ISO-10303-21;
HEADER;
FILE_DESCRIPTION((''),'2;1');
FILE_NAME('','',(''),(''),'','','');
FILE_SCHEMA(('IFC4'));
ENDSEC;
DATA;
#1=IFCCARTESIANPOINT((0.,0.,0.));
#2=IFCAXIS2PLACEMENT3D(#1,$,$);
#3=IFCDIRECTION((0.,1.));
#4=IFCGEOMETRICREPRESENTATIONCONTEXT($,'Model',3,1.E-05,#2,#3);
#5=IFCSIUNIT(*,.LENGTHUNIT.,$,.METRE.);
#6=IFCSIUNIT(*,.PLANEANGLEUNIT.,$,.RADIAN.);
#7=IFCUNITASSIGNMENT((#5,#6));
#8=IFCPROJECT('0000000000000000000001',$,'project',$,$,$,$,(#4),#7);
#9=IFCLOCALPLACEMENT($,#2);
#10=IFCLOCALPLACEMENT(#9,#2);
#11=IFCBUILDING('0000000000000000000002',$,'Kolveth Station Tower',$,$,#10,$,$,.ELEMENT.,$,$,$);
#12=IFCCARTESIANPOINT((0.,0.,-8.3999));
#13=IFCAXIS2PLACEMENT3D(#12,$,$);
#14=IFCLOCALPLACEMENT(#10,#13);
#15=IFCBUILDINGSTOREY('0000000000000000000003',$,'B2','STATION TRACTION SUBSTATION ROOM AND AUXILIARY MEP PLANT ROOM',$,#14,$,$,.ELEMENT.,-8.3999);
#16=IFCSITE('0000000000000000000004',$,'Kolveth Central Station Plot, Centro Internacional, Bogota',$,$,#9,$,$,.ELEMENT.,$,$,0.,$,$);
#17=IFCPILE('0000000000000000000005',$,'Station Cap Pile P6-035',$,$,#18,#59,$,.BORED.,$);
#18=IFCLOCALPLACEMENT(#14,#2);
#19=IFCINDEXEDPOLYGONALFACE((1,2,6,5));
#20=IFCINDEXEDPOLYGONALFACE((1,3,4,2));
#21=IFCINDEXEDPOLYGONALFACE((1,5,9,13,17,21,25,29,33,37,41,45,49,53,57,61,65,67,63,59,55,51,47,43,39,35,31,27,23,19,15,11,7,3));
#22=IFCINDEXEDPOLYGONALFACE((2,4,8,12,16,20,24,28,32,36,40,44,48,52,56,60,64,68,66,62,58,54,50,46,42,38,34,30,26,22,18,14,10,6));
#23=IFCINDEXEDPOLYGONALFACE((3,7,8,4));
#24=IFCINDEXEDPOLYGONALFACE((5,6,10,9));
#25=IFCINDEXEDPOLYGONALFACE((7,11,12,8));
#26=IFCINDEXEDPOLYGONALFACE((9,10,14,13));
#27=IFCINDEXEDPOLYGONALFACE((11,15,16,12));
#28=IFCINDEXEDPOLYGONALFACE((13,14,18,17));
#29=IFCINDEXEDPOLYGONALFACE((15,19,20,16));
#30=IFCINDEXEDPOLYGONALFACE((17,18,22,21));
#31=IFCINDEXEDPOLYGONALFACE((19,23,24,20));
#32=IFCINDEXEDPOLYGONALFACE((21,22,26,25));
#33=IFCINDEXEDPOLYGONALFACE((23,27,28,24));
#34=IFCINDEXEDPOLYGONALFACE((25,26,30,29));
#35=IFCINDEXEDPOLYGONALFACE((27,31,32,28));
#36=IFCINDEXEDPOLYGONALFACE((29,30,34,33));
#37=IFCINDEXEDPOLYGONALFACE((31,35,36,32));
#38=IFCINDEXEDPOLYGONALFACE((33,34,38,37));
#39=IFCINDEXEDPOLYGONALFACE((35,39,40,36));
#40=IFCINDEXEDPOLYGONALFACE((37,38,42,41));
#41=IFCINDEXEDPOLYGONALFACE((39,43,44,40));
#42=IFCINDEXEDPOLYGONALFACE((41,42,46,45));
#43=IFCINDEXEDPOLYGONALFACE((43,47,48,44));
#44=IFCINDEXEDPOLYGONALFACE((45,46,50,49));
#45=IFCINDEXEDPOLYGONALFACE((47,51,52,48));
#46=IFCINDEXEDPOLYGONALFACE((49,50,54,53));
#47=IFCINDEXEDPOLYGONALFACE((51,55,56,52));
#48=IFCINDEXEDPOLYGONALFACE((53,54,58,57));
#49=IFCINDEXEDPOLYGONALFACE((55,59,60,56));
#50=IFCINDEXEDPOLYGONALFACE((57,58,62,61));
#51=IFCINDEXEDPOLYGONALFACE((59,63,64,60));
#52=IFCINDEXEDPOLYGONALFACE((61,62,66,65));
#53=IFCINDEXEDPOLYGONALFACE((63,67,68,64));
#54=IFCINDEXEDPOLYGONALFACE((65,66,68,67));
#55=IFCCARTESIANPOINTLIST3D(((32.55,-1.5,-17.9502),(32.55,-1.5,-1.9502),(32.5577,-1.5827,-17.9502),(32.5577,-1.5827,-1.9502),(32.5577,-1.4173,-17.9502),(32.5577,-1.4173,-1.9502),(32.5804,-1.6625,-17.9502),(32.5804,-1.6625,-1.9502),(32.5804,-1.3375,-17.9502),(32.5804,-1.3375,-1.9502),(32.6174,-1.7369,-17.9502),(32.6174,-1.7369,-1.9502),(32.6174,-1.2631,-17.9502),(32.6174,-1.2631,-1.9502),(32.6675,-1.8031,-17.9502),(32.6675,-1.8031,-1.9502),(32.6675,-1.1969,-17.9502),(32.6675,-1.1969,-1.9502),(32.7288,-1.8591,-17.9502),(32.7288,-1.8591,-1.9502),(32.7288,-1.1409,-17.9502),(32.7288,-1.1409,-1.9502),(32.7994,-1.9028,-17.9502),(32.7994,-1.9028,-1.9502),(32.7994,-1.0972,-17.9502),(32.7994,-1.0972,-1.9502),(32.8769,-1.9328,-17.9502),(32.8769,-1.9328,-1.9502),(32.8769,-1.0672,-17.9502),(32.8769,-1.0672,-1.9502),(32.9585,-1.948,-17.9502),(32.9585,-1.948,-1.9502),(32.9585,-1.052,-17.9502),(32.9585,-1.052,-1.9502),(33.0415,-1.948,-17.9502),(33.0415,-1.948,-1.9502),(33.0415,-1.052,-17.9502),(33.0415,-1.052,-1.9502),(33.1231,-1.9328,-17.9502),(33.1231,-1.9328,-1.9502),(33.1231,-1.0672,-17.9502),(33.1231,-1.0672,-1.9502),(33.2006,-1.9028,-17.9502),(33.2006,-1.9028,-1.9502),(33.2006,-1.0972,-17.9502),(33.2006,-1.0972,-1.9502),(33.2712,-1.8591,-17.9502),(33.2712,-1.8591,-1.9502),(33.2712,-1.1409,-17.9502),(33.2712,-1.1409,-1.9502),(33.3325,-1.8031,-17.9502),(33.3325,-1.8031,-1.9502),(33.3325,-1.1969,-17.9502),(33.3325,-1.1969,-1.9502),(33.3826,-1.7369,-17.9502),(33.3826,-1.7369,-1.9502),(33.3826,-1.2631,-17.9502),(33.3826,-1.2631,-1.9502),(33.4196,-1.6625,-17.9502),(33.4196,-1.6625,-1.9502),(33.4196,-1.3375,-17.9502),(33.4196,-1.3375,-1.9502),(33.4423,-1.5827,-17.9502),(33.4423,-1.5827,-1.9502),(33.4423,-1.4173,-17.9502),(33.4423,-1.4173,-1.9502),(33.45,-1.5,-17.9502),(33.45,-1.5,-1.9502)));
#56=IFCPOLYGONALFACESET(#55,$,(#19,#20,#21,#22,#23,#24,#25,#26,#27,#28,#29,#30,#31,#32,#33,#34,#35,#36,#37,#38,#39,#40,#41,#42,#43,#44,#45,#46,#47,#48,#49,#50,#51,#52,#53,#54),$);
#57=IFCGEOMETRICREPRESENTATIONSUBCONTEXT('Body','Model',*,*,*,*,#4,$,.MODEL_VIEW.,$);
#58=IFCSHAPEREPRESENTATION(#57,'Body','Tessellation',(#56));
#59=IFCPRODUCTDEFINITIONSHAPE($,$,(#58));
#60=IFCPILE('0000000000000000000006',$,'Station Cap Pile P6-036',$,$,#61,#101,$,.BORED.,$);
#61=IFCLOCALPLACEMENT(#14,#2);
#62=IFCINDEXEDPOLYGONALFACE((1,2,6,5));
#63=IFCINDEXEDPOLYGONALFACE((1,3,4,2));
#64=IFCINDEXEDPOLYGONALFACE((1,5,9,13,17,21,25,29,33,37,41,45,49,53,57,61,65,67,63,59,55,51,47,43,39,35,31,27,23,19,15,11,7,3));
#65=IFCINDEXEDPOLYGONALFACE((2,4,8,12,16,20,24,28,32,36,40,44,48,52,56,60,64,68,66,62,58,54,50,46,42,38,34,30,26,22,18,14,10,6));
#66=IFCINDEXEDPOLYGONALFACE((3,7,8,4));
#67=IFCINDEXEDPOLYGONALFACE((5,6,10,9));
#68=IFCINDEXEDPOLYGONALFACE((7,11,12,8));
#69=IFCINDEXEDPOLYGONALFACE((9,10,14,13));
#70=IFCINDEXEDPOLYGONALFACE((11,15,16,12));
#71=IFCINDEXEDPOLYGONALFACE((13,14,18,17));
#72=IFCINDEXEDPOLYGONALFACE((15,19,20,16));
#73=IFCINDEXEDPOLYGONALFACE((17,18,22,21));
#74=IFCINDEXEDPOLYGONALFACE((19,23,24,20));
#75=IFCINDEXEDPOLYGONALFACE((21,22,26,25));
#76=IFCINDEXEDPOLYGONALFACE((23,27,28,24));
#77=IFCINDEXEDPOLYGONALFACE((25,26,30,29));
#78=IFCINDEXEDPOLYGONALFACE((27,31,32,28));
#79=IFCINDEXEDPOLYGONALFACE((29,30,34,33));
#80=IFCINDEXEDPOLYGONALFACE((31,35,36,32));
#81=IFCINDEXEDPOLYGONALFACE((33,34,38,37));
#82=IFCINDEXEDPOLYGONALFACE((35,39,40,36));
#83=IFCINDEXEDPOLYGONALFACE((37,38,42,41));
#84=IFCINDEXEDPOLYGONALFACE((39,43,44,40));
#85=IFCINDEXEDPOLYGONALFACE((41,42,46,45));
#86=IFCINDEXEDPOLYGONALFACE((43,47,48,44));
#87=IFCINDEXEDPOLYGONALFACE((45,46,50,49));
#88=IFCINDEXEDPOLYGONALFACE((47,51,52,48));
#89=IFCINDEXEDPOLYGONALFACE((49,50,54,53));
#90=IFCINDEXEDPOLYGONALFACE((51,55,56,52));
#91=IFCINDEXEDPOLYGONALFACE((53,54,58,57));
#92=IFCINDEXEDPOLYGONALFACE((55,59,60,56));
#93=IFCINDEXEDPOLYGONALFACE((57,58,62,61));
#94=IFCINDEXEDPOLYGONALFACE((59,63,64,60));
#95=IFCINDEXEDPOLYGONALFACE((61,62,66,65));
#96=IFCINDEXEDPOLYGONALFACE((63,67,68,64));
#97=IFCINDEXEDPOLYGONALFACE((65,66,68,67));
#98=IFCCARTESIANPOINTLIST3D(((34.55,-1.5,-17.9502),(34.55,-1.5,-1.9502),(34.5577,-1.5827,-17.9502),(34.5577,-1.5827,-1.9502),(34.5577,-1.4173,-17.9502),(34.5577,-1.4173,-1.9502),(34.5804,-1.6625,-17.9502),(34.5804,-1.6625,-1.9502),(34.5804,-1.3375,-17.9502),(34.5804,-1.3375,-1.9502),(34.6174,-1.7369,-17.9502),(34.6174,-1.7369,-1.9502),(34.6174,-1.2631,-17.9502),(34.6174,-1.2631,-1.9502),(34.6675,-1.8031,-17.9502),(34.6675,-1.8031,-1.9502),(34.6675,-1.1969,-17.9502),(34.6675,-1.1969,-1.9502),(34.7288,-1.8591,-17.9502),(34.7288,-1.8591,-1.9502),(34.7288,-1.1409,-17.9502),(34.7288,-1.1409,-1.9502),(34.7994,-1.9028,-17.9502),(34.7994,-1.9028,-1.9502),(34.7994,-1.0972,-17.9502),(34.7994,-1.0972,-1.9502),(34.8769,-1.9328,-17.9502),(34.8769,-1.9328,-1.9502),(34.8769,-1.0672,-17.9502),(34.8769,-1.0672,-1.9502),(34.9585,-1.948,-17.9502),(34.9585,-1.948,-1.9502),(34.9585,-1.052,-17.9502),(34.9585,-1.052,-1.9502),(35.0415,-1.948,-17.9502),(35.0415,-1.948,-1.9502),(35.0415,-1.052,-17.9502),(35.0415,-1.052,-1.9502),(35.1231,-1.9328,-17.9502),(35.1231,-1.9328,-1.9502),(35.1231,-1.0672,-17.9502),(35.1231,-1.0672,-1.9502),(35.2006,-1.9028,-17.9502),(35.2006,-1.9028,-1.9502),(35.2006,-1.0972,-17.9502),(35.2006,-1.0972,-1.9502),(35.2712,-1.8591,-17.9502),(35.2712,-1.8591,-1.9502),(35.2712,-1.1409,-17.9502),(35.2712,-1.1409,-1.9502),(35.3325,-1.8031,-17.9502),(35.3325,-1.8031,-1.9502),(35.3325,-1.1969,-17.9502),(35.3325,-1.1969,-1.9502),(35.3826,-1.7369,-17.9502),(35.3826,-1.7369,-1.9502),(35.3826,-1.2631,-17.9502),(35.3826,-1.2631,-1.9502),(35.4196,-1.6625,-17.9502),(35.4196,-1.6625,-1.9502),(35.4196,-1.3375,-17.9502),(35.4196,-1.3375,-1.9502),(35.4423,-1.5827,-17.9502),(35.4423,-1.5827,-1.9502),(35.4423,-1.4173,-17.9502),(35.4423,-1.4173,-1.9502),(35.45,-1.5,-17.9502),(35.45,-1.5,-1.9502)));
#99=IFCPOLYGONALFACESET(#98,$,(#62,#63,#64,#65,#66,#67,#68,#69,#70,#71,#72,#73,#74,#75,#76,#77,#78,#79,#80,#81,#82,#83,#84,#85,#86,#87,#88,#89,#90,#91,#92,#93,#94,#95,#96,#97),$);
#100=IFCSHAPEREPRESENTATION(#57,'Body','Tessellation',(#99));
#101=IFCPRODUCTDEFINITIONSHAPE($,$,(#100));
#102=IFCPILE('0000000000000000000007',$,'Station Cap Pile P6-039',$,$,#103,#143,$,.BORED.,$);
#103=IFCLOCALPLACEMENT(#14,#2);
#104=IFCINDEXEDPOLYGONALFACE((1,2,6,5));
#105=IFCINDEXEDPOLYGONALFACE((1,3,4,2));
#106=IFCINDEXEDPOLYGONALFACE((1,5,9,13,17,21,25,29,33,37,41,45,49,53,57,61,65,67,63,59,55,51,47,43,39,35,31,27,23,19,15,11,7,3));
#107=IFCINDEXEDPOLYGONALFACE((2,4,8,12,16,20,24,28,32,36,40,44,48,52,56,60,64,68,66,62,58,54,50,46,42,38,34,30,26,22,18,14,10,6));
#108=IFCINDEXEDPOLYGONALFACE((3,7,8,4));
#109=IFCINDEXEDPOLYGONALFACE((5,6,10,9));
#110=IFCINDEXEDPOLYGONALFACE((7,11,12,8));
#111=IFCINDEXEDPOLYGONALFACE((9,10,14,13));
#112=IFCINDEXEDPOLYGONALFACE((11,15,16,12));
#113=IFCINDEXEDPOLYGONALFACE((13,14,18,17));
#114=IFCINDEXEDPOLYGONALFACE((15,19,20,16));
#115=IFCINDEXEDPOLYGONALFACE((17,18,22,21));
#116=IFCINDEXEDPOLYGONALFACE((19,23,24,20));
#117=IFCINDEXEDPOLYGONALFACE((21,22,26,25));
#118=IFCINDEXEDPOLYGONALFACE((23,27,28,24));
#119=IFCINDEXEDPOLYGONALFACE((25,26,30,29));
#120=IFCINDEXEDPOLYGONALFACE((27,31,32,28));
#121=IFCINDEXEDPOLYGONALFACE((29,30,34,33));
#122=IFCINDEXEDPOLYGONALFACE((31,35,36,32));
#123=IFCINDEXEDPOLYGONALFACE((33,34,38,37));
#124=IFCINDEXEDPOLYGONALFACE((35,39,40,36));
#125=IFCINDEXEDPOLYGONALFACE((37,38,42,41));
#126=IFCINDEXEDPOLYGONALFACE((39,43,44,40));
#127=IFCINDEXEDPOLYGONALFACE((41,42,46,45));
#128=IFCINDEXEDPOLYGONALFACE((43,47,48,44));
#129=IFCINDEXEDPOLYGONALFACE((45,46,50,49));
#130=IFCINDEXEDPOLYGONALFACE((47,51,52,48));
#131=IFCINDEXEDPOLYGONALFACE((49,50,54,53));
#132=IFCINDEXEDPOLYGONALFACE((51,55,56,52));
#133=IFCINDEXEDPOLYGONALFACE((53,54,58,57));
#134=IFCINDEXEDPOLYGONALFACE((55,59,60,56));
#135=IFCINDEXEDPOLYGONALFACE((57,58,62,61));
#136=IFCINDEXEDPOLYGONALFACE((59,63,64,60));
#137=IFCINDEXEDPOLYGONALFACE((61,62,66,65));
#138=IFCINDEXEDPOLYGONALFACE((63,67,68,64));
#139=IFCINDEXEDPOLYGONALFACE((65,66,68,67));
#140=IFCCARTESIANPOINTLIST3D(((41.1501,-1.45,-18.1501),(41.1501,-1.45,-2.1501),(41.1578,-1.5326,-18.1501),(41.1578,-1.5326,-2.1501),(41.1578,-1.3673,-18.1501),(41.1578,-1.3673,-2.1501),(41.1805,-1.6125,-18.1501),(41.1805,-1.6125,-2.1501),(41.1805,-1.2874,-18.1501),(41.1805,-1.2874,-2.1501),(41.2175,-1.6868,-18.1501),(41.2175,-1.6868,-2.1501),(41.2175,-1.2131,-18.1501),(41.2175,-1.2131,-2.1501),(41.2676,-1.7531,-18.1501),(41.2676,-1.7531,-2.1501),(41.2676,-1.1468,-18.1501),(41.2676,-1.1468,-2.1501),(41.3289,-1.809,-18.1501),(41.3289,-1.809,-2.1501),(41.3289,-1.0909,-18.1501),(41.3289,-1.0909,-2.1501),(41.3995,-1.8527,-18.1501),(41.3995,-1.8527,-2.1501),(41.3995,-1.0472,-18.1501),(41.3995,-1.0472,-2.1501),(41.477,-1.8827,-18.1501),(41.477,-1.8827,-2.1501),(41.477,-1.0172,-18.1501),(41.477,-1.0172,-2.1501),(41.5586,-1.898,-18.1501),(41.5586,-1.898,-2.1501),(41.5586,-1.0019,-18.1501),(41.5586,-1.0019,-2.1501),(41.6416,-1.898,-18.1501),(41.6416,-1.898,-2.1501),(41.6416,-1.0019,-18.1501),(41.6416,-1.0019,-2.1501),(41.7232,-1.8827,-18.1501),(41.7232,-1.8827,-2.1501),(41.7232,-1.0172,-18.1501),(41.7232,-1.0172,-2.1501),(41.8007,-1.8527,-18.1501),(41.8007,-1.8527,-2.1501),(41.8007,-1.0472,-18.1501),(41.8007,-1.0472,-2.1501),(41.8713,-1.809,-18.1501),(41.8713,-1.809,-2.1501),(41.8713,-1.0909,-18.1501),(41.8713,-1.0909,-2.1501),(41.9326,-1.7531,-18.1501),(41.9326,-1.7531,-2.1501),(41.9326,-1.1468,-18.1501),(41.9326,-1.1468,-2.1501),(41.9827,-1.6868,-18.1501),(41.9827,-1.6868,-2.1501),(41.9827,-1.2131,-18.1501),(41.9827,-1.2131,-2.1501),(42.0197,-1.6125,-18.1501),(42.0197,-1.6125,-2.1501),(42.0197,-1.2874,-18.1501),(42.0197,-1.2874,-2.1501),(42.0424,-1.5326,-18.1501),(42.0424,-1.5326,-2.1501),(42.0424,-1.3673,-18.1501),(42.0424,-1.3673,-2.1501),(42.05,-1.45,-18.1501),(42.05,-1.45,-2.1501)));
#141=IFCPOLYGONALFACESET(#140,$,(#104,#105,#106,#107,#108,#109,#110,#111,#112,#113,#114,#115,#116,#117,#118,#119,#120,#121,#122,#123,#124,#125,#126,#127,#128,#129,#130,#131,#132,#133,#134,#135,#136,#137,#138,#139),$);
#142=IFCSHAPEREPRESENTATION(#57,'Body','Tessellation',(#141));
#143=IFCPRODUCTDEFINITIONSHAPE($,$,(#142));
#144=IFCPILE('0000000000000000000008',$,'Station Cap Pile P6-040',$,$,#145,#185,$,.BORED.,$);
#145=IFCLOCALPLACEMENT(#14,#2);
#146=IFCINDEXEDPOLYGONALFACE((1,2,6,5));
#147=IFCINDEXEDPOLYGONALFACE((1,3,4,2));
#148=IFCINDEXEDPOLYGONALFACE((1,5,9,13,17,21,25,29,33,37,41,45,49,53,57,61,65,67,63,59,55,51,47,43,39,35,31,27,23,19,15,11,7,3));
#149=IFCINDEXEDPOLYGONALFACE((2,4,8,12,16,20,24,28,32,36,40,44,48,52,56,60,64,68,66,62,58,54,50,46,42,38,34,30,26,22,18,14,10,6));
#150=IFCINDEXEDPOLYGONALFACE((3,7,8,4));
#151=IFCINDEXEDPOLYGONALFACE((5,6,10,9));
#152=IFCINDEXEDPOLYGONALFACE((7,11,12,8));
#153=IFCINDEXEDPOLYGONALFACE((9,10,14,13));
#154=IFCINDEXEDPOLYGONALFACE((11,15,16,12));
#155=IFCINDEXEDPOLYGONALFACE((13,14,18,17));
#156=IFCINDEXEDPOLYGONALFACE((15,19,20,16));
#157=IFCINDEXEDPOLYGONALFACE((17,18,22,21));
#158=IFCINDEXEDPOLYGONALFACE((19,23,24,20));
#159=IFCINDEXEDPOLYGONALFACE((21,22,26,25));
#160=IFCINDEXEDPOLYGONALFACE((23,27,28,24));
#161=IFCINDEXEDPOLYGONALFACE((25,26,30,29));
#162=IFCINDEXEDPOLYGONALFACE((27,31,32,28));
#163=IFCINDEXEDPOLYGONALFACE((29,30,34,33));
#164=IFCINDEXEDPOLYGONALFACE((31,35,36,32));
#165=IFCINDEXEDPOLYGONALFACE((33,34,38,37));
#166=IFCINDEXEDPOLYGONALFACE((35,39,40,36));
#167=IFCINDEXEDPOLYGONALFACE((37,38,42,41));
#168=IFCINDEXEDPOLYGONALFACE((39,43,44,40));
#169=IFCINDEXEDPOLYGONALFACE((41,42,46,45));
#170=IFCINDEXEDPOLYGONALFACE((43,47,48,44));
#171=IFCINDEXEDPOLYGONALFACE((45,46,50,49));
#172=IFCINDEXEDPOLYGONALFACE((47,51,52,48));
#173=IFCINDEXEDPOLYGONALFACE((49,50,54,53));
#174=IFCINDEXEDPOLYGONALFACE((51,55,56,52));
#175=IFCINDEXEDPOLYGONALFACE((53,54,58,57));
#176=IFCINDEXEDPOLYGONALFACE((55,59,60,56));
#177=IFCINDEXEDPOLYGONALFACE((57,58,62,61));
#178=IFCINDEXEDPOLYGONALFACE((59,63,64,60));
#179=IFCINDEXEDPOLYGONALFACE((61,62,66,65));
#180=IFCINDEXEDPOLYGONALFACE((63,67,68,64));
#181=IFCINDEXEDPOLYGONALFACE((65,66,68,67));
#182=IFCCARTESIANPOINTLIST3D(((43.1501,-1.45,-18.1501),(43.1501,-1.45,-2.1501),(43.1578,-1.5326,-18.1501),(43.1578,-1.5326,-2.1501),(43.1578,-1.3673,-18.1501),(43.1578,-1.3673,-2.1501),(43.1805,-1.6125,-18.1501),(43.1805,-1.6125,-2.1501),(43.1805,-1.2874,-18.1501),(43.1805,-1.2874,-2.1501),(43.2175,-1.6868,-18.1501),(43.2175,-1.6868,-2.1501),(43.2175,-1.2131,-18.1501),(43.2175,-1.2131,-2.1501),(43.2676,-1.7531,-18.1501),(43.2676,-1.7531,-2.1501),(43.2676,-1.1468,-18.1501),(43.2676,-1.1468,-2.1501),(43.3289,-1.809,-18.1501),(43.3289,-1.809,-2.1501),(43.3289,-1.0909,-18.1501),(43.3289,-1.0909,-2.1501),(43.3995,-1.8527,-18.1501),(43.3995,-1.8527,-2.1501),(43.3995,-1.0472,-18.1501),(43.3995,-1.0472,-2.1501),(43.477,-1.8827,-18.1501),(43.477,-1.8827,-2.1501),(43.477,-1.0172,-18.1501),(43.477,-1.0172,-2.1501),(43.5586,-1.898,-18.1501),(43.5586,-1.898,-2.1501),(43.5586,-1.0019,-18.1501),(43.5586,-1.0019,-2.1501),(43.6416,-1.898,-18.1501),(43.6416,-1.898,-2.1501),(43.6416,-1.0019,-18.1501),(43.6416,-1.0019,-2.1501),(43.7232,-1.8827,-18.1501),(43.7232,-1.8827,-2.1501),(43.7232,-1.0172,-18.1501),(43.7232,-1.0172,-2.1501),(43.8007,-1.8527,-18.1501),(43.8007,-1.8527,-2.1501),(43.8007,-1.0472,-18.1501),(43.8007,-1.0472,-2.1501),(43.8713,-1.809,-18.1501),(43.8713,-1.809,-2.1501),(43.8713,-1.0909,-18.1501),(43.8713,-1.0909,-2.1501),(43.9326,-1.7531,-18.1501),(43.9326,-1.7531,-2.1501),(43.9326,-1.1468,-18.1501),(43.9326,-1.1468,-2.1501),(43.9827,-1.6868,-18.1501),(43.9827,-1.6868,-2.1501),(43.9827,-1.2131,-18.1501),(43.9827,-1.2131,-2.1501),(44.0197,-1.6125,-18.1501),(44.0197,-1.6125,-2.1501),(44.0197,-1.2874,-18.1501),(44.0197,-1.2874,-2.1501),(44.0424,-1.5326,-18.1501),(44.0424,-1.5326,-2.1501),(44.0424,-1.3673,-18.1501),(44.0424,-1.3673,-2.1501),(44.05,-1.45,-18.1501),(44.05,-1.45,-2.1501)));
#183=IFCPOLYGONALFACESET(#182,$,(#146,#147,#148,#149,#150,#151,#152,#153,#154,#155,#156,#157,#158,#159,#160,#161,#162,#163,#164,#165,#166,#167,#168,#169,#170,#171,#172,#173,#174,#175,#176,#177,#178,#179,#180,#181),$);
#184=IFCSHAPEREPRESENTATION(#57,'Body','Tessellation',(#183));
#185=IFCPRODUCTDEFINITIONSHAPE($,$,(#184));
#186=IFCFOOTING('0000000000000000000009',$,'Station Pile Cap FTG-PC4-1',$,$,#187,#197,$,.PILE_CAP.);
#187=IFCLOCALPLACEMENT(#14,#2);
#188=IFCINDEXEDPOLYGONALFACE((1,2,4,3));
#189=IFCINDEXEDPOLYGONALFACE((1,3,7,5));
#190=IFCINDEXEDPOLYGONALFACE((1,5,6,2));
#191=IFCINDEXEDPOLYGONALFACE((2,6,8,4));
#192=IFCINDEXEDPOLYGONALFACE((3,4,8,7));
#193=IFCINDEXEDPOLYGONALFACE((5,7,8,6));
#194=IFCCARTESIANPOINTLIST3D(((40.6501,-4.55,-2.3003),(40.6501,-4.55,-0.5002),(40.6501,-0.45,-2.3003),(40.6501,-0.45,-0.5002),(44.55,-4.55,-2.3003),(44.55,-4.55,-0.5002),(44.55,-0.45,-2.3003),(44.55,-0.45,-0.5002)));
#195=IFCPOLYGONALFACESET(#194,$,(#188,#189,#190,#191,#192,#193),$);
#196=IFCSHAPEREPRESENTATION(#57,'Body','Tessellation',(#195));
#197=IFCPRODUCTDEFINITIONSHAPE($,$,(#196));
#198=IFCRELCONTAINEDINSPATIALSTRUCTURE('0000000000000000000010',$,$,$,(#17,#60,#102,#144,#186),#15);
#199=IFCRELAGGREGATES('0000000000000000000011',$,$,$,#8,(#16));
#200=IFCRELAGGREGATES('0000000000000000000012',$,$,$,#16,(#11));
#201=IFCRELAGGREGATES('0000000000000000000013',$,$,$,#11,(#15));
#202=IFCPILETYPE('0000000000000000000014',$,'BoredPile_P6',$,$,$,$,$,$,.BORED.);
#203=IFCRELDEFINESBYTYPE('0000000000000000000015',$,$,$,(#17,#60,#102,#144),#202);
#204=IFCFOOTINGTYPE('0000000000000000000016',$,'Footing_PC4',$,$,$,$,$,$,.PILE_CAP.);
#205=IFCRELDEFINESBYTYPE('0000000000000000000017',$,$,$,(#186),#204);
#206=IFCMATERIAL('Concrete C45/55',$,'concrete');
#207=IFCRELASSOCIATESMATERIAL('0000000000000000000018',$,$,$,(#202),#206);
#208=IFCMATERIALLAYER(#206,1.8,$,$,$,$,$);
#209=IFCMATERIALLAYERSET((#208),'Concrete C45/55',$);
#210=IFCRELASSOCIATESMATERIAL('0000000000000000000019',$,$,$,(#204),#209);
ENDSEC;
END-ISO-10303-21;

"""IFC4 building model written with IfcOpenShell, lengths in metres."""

from ifc_helpers import new_model, si_unit, direction, frame, origin, origin_2d, place, context, subcontext, project, spatial, rectangle, circle, extrude, source, transform, mapped, material, layer, layer_set, material_profile, profile_set, type_object, element, save


model = new_model("IFC4")

# Units and contexts
model_context = context("Model", 3, precision=1e-05, world=origin(), true_north=direction((0.0, 1.0)))
body_context = subcontext(model_context, "Body", "Model", "MODEL_VIEW")
ifc_project = project(units=[si_unit("LENGTHUNIT", "METRE"), si_unit("PLANEANGLEUNIT", "RADIAN")], contexts=[model_context])

# Site, building, storey
site_placement = place(None, origin())
site = spatial("IfcSite", under=ifc_project, at=site_placement, Name="Kolveth Central Station Plot, Centro Internacional, Bogota", CompositionType="ELEMENT", RefElevation=0.0)
building_placement = place(site_placement, origin())
building = spatial("IfcBuilding", under=site, at=building_placement, Name="Kolveth Station Tower", CompositionType="ELEMENT")
storey_placement = place(building_placement, frame((0.0, 0.0, -8.3999)))
storey = spatial("IfcBuildingStorey", under=building, at=storey_placement, Name="B2", Description="STATION TRACTION SUBSTATION ROOM AND AUXILIARY MEP PLANT ROOM", CompositionType="ELEMENT", Elevation=-8.3999)

# Piles
ifc_material_1 = material(Name="Concrete C45/55", Category="concrete")
ifc_material_profile_1 = material_profile(ifc_material_1, circle(Radius=0.45, at=origin_2d()), Name="PILE-D900")
ifc_profile_set_1 = profile_set([ifc_material_profile_1], Name="Concrete C45/55")
pile_type_1 = type_object("IfcPileType", Name="BoredPile_P6", PredefinedType="BORED", material=ifc_profile_set_1)
shared_shape_1 = source(origin(), body_context, "Body", "SweptSolid", [
    extrude(circle(Radius=0.45, at=origin_2d()), origin(), (0.0, 0.0, 1.0), 16.0),
])
for number, where, z_axis, x_axis, name in (
    (1, (33.0, -1.5, -1.9502), (0.0, 0.0, -1.0), (1.0, 0.0, 0.0), "Station Cap Pile P6-035"),
    (2, (35.0, -1.5, -1.9502), (0.0, 0.0, -1.0), (1.0, 0.0, 0.0), "Station Cap Pile P6-036"),
    (3, (41.6001, -1.45, -2.1501), (0.0, 0.0, -1.0), (1.0, 0.0, 0.0), "Station Cap Pile P6-039"),
    (4, (43.6001, -1.45, -2.1501), (0.0, 0.0, -1.0), (1.0, 0.0, 0.0), "Station Cap Pile P6-040"),
):
    element("IfcPile", number, at=place(storey_placement, frame(where, z_axis=z_axis, x_axis=x_axis)), inside=storey, type_object=pile_type_1, Name=name, PredefinedType="BORED", context=body_context, shape_type="MappedRepresentation", body=[
        mapped(shared_shape_1, transform((0.0, 0.0, 0.0), x_axis=(1.0, 0.0, 0.0), y_axis=(0.0, 1.0, 0.0), z_axis=(0.0, 0.0, 1.0), scale=1.0)),
    ])

# Footing
ifc_layer_1 = layer(ifc_material_1, 1.8)
ifc_layer_set_1 = layer_set([ifc_layer_1], Name="Concrete C45/55")
footing_type_1 = type_object("IfcFootingType", Name="Footing_PC4", PredefinedType="PILE_CAP", material=ifc_layer_set_1)
shared_shape_2 = source(origin(), body_context, "Body", "SweptSolid", [
    extrude(rectangle(XDim=3.8999, YDim=4.1001, at=origin_2d()), origin(), (0.0, 0.0, 1.0), 1.8),
])
footing_1_placement = place(storey_placement, frame((42.6001, -2.5, -2.3003), z_axis=(0.0, 0.0, 1.0), x_axis=(1.0, 0.0, 0.0)))
element("IfcFooting", 5, at=footing_1_placement, inside=storey, type_object=footing_type_1, Name="Station Pile Cap FTG-PC4-1", PredefinedType="PILE_CAP", context=body_context, shape_type="MappedRepresentation", body=[
    mapped(shared_shape_2, transform((0.0, 0.0, 0.0), x_axis=(1.0, 0.0, 0.0), y_axis=(0.0, 1.0, 0.0), z_axis=(0.0, 0.0, 1.0), scale=1.0)),
])

save(model, "model.ifc")
